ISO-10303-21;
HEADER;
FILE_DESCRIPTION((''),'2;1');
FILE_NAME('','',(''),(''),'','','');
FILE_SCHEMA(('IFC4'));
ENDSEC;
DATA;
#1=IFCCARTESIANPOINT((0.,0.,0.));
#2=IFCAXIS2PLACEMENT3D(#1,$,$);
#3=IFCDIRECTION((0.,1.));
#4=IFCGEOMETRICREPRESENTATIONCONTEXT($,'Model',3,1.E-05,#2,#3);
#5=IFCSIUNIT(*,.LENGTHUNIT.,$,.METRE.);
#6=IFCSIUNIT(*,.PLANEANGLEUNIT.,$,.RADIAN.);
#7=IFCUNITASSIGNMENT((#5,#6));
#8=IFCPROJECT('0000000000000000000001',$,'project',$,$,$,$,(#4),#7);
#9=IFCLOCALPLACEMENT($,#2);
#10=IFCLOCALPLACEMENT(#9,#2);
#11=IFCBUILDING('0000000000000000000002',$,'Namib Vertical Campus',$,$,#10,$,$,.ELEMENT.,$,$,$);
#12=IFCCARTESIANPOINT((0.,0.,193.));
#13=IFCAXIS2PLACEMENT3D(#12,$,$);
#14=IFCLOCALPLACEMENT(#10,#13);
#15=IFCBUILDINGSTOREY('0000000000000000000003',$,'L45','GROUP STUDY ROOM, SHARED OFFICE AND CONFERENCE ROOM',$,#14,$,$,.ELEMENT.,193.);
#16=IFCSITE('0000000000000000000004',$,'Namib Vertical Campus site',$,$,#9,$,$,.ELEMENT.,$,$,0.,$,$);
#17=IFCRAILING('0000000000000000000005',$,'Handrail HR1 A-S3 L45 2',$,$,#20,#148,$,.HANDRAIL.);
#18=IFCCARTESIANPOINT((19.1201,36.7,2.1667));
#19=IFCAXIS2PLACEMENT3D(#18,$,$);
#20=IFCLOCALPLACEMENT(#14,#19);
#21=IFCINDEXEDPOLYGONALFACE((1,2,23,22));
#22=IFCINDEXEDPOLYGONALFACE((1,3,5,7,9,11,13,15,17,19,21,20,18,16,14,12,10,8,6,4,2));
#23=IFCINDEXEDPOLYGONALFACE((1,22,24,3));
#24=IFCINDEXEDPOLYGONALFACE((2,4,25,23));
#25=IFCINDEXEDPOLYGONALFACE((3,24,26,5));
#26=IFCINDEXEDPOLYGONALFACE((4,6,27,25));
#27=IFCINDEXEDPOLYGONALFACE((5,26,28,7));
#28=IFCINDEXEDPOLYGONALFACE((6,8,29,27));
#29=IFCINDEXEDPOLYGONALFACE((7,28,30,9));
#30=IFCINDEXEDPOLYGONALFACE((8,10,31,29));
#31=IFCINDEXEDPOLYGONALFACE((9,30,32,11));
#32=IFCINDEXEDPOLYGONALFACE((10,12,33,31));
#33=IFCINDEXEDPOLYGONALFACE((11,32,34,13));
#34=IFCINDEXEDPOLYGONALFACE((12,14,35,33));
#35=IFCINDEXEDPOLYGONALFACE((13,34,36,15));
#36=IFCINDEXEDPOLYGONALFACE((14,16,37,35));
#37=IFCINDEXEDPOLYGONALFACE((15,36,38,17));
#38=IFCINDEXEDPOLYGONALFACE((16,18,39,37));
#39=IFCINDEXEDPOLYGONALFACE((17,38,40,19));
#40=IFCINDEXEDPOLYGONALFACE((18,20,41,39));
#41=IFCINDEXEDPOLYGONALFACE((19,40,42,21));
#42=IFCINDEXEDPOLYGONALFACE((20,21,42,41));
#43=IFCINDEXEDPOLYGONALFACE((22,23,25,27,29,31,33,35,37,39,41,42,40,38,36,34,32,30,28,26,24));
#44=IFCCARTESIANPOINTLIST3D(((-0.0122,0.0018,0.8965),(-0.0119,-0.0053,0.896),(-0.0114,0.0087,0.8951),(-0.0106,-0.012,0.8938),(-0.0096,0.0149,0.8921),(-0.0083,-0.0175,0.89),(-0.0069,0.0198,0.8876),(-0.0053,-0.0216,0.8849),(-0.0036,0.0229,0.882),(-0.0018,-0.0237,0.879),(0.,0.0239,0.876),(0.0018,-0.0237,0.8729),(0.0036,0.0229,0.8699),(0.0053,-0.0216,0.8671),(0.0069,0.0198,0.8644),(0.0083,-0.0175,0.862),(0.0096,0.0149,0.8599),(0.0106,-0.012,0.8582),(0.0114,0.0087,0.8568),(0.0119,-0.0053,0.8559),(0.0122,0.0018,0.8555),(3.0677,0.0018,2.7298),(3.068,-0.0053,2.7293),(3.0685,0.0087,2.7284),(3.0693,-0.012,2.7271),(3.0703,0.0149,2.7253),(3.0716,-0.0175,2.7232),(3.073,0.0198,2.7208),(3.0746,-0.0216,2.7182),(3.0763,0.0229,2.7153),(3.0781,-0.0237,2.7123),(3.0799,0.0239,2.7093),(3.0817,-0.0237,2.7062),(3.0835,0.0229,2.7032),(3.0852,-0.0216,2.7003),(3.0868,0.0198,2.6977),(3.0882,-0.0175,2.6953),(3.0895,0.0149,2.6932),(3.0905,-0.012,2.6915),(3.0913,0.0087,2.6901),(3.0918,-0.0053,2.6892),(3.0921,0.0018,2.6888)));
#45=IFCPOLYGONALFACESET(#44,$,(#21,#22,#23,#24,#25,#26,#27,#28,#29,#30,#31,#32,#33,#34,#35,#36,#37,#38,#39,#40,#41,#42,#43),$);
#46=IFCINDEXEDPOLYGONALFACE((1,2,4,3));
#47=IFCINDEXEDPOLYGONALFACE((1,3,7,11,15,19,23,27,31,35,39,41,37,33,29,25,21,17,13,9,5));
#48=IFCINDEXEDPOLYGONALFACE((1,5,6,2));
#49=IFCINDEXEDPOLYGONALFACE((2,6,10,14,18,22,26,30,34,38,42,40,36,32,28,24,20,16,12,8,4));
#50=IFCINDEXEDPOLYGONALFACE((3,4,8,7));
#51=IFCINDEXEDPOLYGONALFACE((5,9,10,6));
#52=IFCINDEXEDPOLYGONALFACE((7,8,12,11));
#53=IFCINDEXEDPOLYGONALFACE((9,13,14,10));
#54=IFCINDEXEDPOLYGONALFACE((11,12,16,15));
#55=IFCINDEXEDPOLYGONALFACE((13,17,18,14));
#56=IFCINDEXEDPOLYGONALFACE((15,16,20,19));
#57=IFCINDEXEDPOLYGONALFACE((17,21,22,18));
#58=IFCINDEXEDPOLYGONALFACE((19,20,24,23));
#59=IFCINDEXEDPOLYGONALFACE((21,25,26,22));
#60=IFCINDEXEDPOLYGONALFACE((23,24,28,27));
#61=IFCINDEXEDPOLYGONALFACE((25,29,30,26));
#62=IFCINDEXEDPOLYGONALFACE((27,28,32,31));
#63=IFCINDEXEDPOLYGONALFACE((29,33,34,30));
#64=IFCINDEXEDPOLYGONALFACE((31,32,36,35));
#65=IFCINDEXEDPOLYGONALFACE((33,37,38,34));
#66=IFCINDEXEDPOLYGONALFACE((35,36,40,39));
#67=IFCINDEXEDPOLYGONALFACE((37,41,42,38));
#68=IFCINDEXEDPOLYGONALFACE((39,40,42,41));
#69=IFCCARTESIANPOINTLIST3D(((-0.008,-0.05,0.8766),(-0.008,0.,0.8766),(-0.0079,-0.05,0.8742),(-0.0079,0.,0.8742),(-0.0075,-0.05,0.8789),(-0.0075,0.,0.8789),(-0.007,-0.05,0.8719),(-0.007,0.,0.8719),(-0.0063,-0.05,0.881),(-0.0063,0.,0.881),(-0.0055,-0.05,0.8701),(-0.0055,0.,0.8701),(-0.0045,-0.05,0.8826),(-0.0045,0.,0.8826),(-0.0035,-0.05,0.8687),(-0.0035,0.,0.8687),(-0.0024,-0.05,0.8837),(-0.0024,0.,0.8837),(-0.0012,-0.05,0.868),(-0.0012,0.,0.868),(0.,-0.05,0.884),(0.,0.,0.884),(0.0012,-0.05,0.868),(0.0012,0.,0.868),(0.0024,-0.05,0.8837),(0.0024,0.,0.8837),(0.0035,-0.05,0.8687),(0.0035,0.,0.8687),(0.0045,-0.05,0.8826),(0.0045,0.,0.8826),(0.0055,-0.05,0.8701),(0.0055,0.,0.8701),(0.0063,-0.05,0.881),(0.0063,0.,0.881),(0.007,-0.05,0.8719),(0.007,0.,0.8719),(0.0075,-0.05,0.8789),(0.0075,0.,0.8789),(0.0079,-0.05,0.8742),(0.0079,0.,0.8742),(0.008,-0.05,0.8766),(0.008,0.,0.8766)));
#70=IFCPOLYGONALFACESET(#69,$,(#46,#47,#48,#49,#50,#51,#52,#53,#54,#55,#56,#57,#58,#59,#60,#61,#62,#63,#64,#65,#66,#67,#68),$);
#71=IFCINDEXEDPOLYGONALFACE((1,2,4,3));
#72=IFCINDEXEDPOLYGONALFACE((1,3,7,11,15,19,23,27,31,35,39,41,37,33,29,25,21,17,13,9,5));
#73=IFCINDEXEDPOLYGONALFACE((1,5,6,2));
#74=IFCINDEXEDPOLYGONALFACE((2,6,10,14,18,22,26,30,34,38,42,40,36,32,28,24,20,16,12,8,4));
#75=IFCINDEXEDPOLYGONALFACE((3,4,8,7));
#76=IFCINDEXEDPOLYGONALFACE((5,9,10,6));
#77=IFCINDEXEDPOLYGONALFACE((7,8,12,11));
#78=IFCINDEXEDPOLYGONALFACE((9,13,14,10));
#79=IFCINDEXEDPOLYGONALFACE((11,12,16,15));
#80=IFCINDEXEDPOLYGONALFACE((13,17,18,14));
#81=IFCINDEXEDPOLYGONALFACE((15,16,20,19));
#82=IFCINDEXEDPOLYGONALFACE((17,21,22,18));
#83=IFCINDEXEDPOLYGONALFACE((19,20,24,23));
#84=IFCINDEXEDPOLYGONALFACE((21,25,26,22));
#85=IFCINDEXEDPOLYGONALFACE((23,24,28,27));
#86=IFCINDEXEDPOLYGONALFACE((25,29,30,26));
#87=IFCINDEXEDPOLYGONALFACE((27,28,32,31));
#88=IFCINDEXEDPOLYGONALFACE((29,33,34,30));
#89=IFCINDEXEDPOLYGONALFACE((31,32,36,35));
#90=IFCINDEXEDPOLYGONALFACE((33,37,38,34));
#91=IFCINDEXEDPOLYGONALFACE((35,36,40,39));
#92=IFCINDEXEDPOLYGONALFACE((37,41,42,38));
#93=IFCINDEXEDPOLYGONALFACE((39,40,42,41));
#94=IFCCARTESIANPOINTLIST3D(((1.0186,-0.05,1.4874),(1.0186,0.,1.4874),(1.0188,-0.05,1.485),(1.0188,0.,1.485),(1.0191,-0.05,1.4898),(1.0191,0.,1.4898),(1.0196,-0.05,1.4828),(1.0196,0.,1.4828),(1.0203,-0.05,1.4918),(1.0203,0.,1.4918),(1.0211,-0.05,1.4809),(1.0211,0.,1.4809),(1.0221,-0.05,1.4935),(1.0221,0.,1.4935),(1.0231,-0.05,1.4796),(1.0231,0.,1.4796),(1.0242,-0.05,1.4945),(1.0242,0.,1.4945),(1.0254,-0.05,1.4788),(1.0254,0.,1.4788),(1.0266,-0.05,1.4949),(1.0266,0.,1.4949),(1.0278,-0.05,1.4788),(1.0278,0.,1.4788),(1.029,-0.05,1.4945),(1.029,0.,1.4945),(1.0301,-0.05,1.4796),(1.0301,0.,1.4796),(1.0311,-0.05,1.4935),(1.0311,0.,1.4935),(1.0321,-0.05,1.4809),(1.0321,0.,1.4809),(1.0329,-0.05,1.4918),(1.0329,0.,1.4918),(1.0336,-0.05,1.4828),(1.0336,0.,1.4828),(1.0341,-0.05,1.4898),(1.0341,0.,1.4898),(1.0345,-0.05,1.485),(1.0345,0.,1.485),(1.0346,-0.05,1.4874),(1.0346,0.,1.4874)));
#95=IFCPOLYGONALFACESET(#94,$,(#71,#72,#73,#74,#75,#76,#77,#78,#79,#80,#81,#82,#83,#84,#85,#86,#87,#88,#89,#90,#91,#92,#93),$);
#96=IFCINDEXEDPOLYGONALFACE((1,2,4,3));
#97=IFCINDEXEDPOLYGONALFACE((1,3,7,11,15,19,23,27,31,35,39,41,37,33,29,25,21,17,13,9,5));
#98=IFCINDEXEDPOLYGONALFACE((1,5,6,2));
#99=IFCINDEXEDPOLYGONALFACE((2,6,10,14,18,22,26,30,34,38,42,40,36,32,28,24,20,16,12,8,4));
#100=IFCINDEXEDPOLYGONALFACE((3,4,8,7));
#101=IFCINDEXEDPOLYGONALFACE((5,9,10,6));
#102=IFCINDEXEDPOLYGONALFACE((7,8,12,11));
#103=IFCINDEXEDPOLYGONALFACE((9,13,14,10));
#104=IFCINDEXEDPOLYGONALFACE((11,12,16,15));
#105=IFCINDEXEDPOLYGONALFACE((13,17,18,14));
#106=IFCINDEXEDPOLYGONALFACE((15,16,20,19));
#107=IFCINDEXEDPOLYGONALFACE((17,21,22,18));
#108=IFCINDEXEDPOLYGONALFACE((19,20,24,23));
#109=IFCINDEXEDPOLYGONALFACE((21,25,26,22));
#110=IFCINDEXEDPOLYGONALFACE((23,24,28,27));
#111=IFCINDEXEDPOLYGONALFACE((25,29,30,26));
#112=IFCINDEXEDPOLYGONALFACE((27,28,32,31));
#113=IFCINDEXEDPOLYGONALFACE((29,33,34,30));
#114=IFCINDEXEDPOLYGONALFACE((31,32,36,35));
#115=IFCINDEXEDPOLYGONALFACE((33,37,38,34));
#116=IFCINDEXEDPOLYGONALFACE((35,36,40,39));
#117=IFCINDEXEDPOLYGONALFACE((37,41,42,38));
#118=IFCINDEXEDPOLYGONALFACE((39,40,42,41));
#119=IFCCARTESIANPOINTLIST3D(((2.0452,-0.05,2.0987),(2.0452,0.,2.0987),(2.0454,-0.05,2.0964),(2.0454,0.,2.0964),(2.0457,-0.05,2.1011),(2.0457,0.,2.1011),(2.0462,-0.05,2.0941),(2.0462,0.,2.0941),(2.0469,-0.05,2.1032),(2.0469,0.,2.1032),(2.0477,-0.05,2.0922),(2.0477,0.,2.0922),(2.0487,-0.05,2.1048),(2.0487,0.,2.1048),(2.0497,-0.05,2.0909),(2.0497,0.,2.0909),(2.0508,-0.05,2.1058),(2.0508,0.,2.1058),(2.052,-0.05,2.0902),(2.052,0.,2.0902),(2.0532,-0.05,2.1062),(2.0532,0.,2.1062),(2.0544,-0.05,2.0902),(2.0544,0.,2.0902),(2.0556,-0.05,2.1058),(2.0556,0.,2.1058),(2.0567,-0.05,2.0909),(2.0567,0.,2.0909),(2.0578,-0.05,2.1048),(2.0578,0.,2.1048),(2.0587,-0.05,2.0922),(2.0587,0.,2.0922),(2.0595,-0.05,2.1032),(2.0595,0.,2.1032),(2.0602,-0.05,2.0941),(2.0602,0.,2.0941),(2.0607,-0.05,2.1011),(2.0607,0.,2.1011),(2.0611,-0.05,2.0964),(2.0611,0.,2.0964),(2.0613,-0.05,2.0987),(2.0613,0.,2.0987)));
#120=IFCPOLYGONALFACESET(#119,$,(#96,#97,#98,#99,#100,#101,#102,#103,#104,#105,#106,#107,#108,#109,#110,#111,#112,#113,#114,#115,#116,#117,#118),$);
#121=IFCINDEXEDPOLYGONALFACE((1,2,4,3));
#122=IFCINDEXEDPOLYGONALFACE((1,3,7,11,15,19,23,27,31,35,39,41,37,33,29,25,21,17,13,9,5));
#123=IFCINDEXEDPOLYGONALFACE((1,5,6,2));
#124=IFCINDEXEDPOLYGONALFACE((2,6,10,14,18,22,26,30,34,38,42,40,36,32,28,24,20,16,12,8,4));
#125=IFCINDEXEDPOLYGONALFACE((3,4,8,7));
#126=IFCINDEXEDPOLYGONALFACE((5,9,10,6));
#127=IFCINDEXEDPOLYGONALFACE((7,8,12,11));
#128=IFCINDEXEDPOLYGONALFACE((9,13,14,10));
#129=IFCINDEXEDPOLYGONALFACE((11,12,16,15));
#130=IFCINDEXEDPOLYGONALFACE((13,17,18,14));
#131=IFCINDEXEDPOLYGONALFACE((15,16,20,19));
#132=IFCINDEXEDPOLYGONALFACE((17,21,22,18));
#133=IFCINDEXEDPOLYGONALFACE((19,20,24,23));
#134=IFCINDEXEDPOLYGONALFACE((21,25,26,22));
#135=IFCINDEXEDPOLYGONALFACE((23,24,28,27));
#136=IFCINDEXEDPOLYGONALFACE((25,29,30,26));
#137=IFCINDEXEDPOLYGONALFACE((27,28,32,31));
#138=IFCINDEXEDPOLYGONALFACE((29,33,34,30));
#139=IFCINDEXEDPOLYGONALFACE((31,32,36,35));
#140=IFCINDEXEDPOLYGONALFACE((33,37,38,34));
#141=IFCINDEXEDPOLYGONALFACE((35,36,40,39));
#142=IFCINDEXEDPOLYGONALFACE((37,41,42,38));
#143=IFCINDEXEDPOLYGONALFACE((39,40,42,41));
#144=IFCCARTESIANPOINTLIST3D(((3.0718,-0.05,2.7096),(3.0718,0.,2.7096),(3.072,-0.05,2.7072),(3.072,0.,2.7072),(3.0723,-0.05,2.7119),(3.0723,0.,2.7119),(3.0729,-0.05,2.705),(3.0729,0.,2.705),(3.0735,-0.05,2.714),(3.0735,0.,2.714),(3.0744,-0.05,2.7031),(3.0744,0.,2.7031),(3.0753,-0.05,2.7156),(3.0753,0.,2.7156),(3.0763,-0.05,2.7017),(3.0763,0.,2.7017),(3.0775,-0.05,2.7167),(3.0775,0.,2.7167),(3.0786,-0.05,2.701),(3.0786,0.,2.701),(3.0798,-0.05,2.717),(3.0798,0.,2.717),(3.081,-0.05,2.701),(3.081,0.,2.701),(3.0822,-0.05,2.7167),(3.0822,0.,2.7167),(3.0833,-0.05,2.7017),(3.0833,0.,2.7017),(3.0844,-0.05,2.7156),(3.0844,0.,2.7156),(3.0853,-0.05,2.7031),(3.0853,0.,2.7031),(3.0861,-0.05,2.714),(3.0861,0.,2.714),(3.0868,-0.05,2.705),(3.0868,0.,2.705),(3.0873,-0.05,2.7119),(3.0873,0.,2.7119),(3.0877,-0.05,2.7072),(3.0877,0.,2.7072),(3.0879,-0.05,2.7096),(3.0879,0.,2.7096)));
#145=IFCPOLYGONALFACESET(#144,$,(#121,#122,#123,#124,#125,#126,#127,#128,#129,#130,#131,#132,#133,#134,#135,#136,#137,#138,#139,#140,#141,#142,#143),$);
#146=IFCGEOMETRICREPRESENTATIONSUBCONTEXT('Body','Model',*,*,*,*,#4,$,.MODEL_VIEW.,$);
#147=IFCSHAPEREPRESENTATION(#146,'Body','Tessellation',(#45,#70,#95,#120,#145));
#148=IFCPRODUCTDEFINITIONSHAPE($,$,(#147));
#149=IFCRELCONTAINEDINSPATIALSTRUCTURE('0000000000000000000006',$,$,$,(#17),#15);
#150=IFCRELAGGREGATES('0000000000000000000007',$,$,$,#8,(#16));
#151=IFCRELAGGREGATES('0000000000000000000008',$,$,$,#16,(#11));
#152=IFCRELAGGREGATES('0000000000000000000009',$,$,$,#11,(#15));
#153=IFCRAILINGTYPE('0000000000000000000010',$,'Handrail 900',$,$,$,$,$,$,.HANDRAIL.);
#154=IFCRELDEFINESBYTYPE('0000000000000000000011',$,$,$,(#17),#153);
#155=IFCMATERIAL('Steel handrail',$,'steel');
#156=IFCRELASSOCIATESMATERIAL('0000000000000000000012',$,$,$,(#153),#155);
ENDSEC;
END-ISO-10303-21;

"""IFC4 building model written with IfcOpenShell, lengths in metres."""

from ifc_helpers import new_model, si_unit, direction, frame, origin, origin_2d, place, context, subcontext, project, spatial, circle, extrude, material, type_object, element, save


model = new_model("IFC4")

# Units and contexts
model_context = context("Model", 3, precision=1e-05, world=origin(), true_north=direction((0.0, 1.0)))
body_context = subcontext(model_context, "Body", "Model", "MODEL_VIEW")
ifc_project = project(units=[si_unit("LENGTHUNIT", "METRE"), si_unit("PLANEANGLEUNIT", "RADIAN")], contexts=[model_context])

# Site, building, storey
site_placement = place(None, origin())
site = spatial("IfcSite", under=ifc_project, at=site_placement, Name="Namib Vertical Campus site", CompositionType="ELEMENT", RefElevation=0.0)
building_placement = place(site_placement, origin())
building = spatial("IfcBuilding", under=site, at=building_placement, Name="Namib Vertical Campus", CompositionType="ELEMENT")
storey_placement = place(building_placement, frame((0.0, 0.0, 193.0)))
storey = spatial("IfcBuildingStorey", under=building, at=storey_placement, Name="L45", Description="GROUP STUDY ROOM, SHARED OFFICE AND CONFERENCE ROOM", CompositionType="ELEMENT", Elevation=193.0)

# Railing
ifc_material_1 = material(Name="Steel handrail", Category="steel")
railing_type_1 = type_object("IfcRailingType", Name="Handrail 900", PredefinedType="HANDRAIL", material=ifc_material_1)
railing_1_placement = place(storey_placement, frame((19.1201, 36.7, 2.1667)))
element("IfcRailing", 1, at=railing_1_placement, inside=storey, type_object=railing_type_1, Name="Handrail HR1 A-S3 L45 2", PredefinedType="HANDRAIL", context=body_context, shape_type="SweptSolid", body=[
    extrude(circle(Radius=0.0239, at=origin_2d()), frame((0.0, 0.0, 0.876), z_axis=(0.859291, 0.0, 0.511487), x_axis=(0.0, 1.0, 0.0)), (0.0, 0.0, 1.0), 3.5842),
    extrude(circle(Radius=0.0081, at=origin_2d()), frame((0.0, 0.0, 0.876), z_axis=(0.0, -1.0, 0.0), x_axis=(0.0, 0.0, 1.0)), (0.0, 0.0, 1.0), 0.05),
    extrude(circle(Radius=0.0081, at=origin_2d()), frame((1.0266, 0.0, 1.4868), z_axis=(0.0, -1.0, 0.0), x_axis=(0.0, 0.0, 1.0)), (0.0, 0.0, 1.0), 0.05),
    extrude(circle(Radius=0.0081, at=origin_2d()), frame((2.0532, 0.0, 2.0981), z_axis=(0.0, -1.0, 0.0), x_axis=(0.0, 0.0, 1.0)), (0.0, 0.0, 1.0), 0.05),
    extrude(circle(Radius=0.0081, at=origin_2d()), frame((3.0798, 0.0, 2.709), z_axis=(0.0, -1.0, 0.0), x_axis=(0.0, 0.0, 1.0)), (0.0, 0.0, 1.0), 0.05),
])

save(model, "model.ifc")
